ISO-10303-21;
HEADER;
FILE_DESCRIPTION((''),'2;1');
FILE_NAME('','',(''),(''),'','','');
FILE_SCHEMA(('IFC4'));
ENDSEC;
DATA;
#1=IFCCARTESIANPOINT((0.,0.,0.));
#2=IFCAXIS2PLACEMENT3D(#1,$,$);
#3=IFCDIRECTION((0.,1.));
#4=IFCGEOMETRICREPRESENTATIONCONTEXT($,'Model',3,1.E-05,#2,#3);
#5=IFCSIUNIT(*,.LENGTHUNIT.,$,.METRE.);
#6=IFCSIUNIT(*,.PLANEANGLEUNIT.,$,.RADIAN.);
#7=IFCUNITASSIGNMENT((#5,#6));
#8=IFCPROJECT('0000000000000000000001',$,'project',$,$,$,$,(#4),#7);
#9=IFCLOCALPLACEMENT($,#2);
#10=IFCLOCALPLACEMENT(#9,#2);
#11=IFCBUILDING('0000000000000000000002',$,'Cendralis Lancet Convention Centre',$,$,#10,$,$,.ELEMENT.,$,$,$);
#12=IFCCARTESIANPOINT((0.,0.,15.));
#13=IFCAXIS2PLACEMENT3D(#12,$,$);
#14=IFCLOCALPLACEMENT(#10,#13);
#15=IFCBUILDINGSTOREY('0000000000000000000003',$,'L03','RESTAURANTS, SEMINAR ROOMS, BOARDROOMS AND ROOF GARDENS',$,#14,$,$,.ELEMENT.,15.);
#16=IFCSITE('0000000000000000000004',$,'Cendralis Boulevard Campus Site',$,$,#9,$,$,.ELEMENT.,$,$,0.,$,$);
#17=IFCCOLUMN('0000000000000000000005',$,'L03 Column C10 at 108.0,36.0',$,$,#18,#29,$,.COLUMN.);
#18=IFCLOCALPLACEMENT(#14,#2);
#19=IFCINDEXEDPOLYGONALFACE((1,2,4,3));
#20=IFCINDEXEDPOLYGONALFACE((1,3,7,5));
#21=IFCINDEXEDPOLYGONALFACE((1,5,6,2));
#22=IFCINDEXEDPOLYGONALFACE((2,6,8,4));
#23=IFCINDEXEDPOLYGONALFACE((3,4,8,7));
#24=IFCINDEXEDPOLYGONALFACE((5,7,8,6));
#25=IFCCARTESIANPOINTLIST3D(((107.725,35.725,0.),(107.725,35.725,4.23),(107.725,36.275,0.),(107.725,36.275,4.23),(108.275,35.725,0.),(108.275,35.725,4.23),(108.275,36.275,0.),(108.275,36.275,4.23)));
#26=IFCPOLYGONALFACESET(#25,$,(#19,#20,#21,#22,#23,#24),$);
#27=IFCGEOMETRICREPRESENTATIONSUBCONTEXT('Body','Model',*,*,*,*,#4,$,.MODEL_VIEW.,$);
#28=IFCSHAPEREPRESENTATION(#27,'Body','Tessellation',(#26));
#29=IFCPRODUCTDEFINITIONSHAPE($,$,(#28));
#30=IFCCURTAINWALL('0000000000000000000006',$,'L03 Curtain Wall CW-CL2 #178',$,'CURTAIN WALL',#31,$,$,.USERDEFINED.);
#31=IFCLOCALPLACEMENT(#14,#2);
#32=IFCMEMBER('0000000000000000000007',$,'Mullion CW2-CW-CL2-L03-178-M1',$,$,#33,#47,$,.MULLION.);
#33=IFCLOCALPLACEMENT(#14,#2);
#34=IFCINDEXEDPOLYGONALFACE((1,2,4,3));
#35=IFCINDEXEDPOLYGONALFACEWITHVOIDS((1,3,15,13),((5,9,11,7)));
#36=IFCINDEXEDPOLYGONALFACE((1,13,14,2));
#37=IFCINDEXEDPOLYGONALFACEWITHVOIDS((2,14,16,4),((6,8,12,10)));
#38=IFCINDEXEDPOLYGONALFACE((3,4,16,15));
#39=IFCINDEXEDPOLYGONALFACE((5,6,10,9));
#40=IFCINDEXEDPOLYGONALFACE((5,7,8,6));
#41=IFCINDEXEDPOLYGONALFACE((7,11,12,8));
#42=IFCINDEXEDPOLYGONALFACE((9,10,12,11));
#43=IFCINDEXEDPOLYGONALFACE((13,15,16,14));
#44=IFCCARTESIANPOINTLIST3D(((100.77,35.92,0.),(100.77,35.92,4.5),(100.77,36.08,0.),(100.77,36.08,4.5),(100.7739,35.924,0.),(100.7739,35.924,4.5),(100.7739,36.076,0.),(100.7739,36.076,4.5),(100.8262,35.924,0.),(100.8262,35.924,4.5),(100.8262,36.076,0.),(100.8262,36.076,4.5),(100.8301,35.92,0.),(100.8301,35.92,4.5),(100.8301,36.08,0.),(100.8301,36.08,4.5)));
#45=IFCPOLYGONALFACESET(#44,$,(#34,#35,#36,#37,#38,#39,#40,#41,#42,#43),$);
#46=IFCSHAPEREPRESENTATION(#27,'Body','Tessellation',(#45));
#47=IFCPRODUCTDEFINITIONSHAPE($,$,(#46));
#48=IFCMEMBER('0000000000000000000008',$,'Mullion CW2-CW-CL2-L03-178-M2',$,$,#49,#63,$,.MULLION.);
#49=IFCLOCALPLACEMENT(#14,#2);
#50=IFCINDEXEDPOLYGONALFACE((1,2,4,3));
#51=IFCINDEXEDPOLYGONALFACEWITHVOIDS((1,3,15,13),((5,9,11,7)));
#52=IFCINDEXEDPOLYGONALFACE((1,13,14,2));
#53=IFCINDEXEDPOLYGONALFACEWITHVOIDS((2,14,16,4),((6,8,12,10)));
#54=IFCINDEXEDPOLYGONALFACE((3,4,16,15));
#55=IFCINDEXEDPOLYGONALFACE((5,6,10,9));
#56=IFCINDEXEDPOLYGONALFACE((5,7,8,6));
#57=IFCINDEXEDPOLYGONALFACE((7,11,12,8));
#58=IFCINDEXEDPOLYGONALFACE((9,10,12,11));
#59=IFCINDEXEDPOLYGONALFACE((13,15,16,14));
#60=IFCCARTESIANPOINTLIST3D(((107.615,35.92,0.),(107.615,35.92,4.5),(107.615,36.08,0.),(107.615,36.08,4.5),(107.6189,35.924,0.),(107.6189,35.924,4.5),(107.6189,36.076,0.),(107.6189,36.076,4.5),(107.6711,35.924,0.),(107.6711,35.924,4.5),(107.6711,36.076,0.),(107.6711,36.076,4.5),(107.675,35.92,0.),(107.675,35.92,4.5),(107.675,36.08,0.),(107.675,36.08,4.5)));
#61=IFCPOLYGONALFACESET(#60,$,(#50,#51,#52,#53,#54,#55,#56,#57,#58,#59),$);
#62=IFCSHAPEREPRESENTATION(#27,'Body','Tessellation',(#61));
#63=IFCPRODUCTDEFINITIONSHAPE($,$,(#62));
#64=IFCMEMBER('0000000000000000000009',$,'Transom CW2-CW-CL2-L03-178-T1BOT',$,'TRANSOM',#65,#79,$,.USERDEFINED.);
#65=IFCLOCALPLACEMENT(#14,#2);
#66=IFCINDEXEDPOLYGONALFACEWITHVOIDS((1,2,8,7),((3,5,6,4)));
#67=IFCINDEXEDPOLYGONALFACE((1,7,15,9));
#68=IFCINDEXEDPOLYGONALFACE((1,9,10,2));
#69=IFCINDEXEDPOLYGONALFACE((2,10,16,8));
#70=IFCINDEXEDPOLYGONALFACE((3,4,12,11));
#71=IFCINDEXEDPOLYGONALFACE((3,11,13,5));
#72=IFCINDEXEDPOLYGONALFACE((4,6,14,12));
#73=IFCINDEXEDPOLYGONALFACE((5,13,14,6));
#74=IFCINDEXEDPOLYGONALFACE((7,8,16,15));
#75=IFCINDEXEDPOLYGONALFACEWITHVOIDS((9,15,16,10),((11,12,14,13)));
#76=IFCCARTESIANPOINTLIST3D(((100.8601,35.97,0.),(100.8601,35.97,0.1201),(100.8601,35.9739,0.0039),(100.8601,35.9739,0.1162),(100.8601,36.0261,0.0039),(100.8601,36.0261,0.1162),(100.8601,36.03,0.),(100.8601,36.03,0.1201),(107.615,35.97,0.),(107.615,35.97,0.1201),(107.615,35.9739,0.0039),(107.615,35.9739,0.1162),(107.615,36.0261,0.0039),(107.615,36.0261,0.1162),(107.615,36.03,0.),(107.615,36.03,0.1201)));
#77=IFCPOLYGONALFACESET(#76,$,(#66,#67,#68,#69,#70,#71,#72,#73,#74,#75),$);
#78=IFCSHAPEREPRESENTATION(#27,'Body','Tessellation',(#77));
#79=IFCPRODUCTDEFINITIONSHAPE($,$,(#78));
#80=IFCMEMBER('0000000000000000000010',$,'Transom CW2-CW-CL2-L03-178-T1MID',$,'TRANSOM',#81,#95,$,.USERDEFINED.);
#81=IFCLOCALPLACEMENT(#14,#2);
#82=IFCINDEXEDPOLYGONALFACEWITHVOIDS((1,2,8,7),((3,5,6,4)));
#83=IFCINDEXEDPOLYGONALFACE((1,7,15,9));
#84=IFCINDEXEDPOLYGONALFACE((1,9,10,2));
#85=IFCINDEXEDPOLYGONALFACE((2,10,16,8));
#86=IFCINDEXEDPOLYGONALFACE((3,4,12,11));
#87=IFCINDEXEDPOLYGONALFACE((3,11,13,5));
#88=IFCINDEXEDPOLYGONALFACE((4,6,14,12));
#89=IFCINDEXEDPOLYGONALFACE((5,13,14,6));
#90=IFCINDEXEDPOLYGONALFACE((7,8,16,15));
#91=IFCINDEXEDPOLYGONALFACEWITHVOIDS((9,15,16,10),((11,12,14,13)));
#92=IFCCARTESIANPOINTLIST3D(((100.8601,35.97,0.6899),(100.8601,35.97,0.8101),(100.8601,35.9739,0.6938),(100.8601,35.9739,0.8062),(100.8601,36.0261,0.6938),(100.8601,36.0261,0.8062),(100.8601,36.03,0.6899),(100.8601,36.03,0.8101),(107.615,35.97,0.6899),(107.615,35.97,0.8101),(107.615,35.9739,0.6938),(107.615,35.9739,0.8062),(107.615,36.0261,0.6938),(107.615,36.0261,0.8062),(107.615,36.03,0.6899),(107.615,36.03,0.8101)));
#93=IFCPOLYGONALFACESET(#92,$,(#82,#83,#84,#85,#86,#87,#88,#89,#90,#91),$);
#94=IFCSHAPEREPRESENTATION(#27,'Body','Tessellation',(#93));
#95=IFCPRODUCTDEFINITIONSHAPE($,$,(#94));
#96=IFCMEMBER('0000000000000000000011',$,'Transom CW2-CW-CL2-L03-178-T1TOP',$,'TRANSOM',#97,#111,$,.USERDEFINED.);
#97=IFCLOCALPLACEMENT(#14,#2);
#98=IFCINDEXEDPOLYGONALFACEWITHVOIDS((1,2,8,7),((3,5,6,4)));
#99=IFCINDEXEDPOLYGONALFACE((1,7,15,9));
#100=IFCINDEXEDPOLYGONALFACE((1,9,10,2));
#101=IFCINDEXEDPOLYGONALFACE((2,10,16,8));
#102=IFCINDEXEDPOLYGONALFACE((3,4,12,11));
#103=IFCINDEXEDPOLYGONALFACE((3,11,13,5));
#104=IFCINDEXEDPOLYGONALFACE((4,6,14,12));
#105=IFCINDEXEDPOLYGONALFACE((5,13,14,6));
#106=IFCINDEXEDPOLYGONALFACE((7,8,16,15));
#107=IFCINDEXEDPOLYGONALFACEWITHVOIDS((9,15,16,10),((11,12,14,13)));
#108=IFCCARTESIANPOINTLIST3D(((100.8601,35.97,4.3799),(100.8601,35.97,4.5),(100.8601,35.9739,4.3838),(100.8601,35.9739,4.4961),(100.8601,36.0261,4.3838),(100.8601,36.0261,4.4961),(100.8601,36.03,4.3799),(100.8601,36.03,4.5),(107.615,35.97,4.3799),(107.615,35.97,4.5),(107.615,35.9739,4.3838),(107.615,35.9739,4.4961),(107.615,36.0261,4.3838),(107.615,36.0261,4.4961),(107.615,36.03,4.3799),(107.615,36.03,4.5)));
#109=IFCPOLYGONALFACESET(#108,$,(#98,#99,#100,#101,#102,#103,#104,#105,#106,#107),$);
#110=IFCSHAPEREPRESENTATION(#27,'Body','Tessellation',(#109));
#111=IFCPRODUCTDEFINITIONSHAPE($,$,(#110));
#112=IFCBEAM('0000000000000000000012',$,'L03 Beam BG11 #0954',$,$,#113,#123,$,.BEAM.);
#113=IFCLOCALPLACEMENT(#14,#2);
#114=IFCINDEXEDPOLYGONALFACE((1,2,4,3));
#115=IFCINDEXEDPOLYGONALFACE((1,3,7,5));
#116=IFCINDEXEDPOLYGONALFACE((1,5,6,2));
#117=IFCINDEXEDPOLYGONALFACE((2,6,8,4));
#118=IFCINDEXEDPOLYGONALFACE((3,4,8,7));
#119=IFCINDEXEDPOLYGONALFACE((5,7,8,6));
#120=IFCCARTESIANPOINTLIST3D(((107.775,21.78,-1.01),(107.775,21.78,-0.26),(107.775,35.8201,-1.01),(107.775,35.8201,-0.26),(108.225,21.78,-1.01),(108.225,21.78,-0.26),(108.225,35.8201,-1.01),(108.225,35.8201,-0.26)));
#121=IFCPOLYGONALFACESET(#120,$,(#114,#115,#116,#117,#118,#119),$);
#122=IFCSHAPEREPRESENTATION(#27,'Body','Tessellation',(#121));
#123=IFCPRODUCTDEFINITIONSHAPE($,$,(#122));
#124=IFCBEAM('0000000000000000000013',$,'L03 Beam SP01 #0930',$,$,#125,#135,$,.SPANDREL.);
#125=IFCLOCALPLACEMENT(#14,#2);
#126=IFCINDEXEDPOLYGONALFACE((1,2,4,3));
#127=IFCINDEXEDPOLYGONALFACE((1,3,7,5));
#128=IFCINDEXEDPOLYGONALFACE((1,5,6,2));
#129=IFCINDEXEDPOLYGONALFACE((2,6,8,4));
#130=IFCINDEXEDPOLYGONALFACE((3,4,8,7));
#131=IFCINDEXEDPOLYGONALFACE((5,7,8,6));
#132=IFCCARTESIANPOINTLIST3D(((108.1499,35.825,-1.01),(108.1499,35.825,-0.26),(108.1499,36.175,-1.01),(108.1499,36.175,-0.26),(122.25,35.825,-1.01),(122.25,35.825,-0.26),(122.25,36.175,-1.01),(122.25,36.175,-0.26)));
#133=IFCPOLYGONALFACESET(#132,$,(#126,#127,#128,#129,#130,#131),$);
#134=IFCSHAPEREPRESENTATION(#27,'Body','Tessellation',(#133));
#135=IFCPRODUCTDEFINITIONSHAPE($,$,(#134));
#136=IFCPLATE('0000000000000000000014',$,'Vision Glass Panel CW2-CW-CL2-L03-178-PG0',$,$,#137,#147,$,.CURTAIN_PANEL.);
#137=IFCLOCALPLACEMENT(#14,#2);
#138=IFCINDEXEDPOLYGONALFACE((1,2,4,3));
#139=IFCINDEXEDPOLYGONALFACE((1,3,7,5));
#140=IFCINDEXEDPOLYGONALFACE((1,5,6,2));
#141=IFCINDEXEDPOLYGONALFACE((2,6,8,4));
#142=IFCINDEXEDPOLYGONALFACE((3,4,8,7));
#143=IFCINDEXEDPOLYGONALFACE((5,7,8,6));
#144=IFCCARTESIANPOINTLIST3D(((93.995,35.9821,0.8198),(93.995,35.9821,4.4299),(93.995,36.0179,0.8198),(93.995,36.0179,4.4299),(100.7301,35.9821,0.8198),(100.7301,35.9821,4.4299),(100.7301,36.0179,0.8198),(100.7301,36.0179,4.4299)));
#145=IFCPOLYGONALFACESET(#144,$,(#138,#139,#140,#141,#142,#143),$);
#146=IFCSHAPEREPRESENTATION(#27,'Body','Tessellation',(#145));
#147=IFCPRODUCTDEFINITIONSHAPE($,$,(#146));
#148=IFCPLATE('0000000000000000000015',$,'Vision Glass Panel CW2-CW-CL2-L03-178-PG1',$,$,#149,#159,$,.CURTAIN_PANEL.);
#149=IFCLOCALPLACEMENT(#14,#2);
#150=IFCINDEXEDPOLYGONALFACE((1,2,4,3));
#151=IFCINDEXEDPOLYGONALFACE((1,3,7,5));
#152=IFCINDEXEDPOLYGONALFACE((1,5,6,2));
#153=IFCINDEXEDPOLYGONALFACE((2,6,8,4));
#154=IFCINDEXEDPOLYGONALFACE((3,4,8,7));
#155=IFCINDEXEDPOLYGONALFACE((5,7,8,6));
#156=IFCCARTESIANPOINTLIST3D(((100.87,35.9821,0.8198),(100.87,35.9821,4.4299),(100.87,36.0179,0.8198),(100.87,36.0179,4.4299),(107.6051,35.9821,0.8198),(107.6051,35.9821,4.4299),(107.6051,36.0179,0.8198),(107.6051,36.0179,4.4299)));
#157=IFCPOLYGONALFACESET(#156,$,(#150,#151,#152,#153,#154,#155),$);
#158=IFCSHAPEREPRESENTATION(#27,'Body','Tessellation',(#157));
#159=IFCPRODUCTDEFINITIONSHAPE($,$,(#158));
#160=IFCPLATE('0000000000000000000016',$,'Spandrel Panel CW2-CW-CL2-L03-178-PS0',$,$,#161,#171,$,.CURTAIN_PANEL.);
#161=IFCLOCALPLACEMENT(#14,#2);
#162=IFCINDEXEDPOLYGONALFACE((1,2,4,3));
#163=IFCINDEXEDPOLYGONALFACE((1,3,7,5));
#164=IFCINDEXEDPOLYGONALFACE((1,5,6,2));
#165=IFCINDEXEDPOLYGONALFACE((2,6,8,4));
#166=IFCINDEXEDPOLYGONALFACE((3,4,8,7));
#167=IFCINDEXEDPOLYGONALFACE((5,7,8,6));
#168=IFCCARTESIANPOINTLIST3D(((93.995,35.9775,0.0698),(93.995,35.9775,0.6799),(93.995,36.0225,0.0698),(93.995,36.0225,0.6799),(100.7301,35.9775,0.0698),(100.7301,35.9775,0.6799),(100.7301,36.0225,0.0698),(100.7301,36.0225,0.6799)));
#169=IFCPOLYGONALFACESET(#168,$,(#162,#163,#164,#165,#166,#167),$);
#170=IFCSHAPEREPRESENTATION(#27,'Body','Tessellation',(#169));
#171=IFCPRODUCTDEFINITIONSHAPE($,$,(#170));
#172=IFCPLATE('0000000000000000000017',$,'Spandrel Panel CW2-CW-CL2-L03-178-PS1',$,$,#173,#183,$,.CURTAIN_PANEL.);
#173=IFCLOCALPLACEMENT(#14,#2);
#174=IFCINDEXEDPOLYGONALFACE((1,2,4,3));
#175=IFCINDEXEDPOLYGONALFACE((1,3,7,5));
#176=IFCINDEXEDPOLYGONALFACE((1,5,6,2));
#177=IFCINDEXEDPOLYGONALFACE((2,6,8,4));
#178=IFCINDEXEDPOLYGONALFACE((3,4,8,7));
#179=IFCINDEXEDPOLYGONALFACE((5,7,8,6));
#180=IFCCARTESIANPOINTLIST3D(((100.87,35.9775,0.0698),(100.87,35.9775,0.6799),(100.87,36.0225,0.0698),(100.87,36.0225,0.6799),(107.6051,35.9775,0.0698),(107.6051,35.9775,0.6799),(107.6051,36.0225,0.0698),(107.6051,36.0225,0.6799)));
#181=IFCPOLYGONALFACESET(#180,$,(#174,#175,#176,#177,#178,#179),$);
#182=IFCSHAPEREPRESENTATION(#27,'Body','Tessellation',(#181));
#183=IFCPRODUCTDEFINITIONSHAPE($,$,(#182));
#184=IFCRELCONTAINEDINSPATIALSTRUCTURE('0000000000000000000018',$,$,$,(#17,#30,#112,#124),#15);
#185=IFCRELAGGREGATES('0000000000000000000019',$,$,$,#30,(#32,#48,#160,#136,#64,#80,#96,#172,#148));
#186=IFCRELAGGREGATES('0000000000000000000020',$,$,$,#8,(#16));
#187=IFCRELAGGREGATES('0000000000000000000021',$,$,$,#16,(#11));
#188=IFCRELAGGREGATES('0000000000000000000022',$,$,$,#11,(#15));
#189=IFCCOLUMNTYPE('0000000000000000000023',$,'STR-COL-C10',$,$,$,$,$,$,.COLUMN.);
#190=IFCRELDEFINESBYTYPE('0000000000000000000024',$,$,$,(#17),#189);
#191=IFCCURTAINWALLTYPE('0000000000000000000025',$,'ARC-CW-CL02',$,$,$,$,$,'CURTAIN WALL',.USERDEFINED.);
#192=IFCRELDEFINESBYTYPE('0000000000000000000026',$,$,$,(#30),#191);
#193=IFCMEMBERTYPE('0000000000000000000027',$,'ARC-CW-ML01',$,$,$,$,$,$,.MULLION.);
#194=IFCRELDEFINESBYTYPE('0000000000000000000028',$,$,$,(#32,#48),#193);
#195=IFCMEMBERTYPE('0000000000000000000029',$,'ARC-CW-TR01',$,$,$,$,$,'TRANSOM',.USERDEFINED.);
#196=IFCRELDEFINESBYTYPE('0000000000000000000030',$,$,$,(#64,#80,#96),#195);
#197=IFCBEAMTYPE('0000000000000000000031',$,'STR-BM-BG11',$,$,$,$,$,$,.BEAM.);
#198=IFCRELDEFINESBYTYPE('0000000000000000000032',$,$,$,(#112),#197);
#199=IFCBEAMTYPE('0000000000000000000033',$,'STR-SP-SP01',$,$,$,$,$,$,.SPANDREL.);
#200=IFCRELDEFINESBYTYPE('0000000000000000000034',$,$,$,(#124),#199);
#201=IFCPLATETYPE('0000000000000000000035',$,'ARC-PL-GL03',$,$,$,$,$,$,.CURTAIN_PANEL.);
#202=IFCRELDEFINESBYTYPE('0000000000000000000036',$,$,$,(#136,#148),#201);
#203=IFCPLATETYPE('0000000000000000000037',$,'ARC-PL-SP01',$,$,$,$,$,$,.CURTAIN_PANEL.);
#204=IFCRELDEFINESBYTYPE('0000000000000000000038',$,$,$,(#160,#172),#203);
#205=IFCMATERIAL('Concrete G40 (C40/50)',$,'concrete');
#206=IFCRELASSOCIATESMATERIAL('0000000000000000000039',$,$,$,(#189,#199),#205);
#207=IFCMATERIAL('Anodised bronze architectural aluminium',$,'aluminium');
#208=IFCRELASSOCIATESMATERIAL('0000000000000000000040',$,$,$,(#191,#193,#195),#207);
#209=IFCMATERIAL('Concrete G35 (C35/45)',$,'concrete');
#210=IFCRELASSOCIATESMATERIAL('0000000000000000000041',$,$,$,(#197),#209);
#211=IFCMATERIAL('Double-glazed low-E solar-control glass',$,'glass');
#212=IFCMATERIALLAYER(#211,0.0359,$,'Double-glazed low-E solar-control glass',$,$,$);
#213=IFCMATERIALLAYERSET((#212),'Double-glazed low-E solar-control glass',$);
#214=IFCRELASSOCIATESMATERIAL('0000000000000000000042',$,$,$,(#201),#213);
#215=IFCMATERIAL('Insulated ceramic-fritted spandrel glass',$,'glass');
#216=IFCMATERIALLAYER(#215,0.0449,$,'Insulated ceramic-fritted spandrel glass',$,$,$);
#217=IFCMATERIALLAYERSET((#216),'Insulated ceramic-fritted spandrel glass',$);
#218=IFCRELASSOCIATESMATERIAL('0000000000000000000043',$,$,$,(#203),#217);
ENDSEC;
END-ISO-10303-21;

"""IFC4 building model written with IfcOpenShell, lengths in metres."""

from ifc_helpers import new_model, si_unit, direction, frame, origin, origin_2d, place, context, subcontext, project, spatial, rectangle, hollow_rectangle, extrude, material, layer, layer_set, material_profile, profile_set, type_object, element, aggregate, save


model = new_model("IFC4")

# Units and contexts
model_context = context("Model", 3, precision=1e-05, world=origin(), true_north=direction((0.0, 1.0)))
body_context = subcontext(model_context, "Body", "Model", "MODEL_VIEW")
ifc_project = project(units=[si_unit("LENGTHUNIT", "METRE"), si_unit("PLANEANGLEUNIT", "RADIAN")], contexts=[model_context])

# Site, building, storey
site_placement = place(None, origin())
site = spatial("IfcSite", under=ifc_project, at=site_placement, Name="Cendralis Boulevard Campus Site", CompositionType="ELEMENT", RefElevation=0.0)
building_placement = place(site_placement, origin())
building = spatial("IfcBuilding", under=site, at=building_placement, Name="Cendralis Lancet Convention Centre", CompositionType="ELEMENT")
storey_placement = place(building_placement, frame((0.0, 0.0, 15.0)))
storey = spatial("IfcBuildingStorey", under=building, at=storey_placement, Name="L03", Description="RESTAURANTS, SEMINAR ROOMS, BOARDROOMS AND ROOF GARDENS", CompositionType="ELEMENT", Elevation=15.0)

# Column
ifc_material_1 = material(Name="Concrete G40 (C40/50)", Category="concrete")
ifc_material_profile_1 = material_profile(ifc_material_1, rectangle(XDim=0.55, YDim=0.55, at=origin_2d()), Name="RC 550x550")
ifc_profile_set_1 = profile_set([ifc_material_profile_1], Name="Concrete G40 (C40/50)")
column_type = type_object("IfcColumnType", Name="STR-COL-C10", PredefinedType="COLUMN", material=ifc_profile_set_1)
column_placement = place(storey_placement, frame((108.0, 36.0, 0.0), z_axis=(0.0, 0.0, 1.0), x_axis=(1.0, 0.0, 0.0)))
element("IfcColumn", 1, at=column_placement, inside=storey, type_object=column_type, Name="L03 Column C10 at 108.0,36.0", PredefinedType="COLUMN", context=body_context, shape_type="SweptSolid", body=[
    extrude(rectangle(XDim=0.55, YDim=0.55, at=origin_2d()), origin(), (0.0, 0.0, 1.0), 4.23),
])

# Curtain wall, members
ifc_material_2 = material(Name="Anodised bronze architectural aluminium", Category="aluminium")
curtain_wall_type = type_object("IfcCurtainWallType", Name="ARC-CW-CL02", ElementType="CURTAIN WALL", PredefinedType="USERDEFINED", material=ifc_material_2)
curtain_wall_placement = place(storey_placement, origin())
curtain_wall = element("IfcCurtainWall", 2, at=curtain_wall_placement, inside=storey, type_object=curtain_wall_type, Name="L03 Curtain Wall CW-CL2 #178", ObjectType="CURTAIN WALL", PredefinedType="USERDEFINED")
ifc_material_profile_2 = material_profile(ifc_material_2, hollow_rectangle(XDim=0.0601, YDim=0.1599, WallThickness=0.0039, at=origin_2d()), Name="AL-MULL 60x160x4.0")
ifc_profile_set_2 = profile_set([ifc_material_profile_2], Name="Anodised bronze architectural aluminium")
member_type_1 = type_object("IfcMemberType", Name="ARC-CW-ML01", PredefinedType="MULLION", material=ifc_profile_set_2)
member_1_placement = place(storey_placement, frame((100.8, 36.0, 0.0), z_axis=(0.0, 0.0, 1.0), x_axis=(1.0, 0.0, 0.0)))
member_1 = element("IfcMember", 3, at=member_1_placement, type_object=member_type_1, Name="Mullion CW2-CW-CL2-L03-178-M1", PredefinedType="MULLION", context=body_context, shape_type="SweptSolid", body=[
    extrude(hollow_rectangle(XDim=0.0601, YDim=0.1599, WallThickness=0.0039, at=origin_2d()), origin(), (0.0, 0.0, 1.0), 4.5),
])
member_2_placement = place(storey_placement, frame((107.645, 36.0, 0.0), z_axis=(0.0, 0.0, 1.0), x_axis=(1.0, 0.0, 0.0)))
member_2 = element("IfcMember", 4, at=member_2_placement, type_object=member_type_1, Name="Mullion CW2-CW-CL2-L03-178-M2", PredefinedType="MULLION", context=body_context, shape_type="SweptSolid", body=[
    extrude(hollow_rectangle(XDim=0.0601, YDim=0.1599, WallThickness=0.0039, at=origin_2d()), origin(), (0.0, 0.0, 1.0), 4.5),
])
ifc_material_profile_3 = material_profile(ifc_material_2, hollow_rectangle(XDim=0.0601, YDim=0.1201, WallThickness=0.0039, at=origin_2d()), Name="AL-TRAN 60x120x4.0")
ifc_profile_set_3 = profile_set([ifc_material_profile_3], Name="Anodised bronze architectural aluminium")
member_type_2 = type_object("IfcMemberType", Name="ARC-CW-TR01", ElementType="TRANSOM", PredefinedType="USERDEFINED", material=ifc_profile_set_3)
member_3_placement = place(storey_placement, frame((100.8601, 36.0, 0.0601), z_axis=(1.0, 0.0, 0.0), x_axis=(0.0, 1.0, 0.0)))
member_3 = element("IfcMember", 5, at=member_3_placement, type_object=member_type_2, Name="Transom CW2-CW-CL2-L03-178-T1BOT", ObjectType="TRANSOM", PredefinedType="USERDEFINED", context=body_context, shape_type="SweptSolid", body=[
    extrude(hollow_rectangle(XDim=0.0601, YDim=0.1201, WallThickness=0.0039, at=origin_2d()), origin(), (0.0, 0.0, 1.0), 6.7549),
])
member_4_placement = place(storey_placement, frame((100.8601, 36.0, 0.75), z_axis=(1.0, 0.0, 0.0), x_axis=(0.0, 1.0, 0.0)))
member_4 = element("IfcMember", 6, at=member_4_placement, type_object=member_type_2, Name="Transom CW2-CW-CL2-L03-178-T1MID", ObjectType="TRANSOM", PredefinedType="USERDEFINED", context=body_context, shape_type="SweptSolid", body=[
    extrude(hollow_rectangle(XDim=0.0601, YDim=0.1201, WallThickness=0.0039, at=origin_2d()), origin(), (0.0, 0.0, 1.0), 6.7549),
])
member_5_placement = place(storey_placement, frame((100.8601, 36.0, 4.4399), z_axis=(1.0, 0.0, 0.0), x_axis=(0.0, 1.0, 0.0)))
member_5 = element("IfcMember", 7, at=member_5_placement, type_object=member_type_2, Name="Transom CW2-CW-CL2-L03-178-T1TOP", ObjectType="TRANSOM", PredefinedType="USERDEFINED", context=body_context, shape_type="SweptSolid", body=[
    extrude(hollow_rectangle(XDim=0.0601, YDim=0.1201, WallThickness=0.0039, at=origin_2d()), origin(), (0.0, 0.0, 1.0), 6.7549),
])

# Beams
ifc_material_3 = material(Name="Concrete G35 (C35/45)", Category="concrete")
ifc_material_profile_4 = material_profile(ifc_material_3, rectangle(XDim=0.45, YDim=0.75, at=origin_2d()), Name="RCB 450x750")
ifc_profile_set_4 = profile_set([ifc_material_profile_4], Name="Concrete G35 (C35/45)")
beam_type_1 = type_object("IfcBeamType", Name="STR-BM-BG11", PredefinedType="BEAM", material=ifc_profile_set_4)
beam_1_placement = place(storey_placement, frame((108.0, 21.78, -0.635), z_axis=(0.0, 1.0, 0.0), x_axis=(-1.0, 0.0, 0.0)))
element("IfcBeam", 8, at=beam_1_placement, inside=storey, type_object=beam_type_1, Name="L03 Beam BG11 #0954", PredefinedType="BEAM", context=body_context, shape_type="SweptSolid", body=[
    extrude(rectangle(XDim=0.45, YDim=0.75, at=origin_2d()), origin(), (0.0, 0.0, 1.0), 14.04),
])
ifc_material_profile_5 = material_profile(ifc_material_1, rectangle(XDim=0.3501, YDim=0.75, at=origin_2d()), Name="RCB 350x750")
ifc_profile_set_5 = profile_set([ifc_material_profile_5], Name="Concrete G40 (C40/50)")
beam_type_2 = type_object("IfcBeamType", Name="STR-SP-SP01", PredefinedType="SPANDREL", material=ifc_profile_set_5)
beam_2_placement = place(storey_placement, frame((108.1499, 36.0, -0.635), z_axis=(1.0, 0.0, 0.0), x_axis=(0.0, 1.0, 0.0)))
element("IfcBeam", 9, at=beam_2_placement, inside=storey, type_object=beam_type_2, Name="L03 Beam SP01 #0930", PredefinedType="SPANDREL", context=body_context, shape_type="SweptSolid", body=[
    extrude(rectangle(XDim=0.3501, YDim=0.75, at=origin_2d()), origin(), (0.0, 0.0, 1.0), 14.1001),
])

# Plates
ifc_material_4 = material(Name="Double-glazed low-E solar-control glass", Category="glass")
ifc_layer_1 = layer(ifc_material_4, 0.0359, Name="Double-glazed low-E solar-control glass")
ifc_layer_set_1 = layer_set([ifc_layer_1], Name="Double-glazed low-E solar-control glass")
plate_type_1 = type_object("IfcPlateType", Name="ARC-PL-GL03", PredefinedType="CURTAIN_PANEL", material=ifc_layer_set_1)
plate_1_placement = place(storey_placement, frame((97.3625, 36.0, 0.8198), z_axis=(0.0, 0.0, 1.0), x_axis=(1.0, 0.0, 0.0)))
plate_1 = element("IfcPlate", 10, at=plate_1_placement, type_object=plate_type_1, Name="Vision Glass Panel CW2-CW-CL2-L03-178-PG0", PredefinedType="CURTAIN_PANEL", context=body_context, shape_type="SweptSolid", body=[
    extrude(rectangle(XDim=6.7351, YDim=0.0359, at=origin_2d()), origin(), (0.0, 0.0, 1.0), 3.6101),
])
plate_2_placement = place(storey_placement, frame((104.2375, 36.0, 0.8198), z_axis=(0.0, 0.0, 1.0), x_axis=(1.0, 0.0, 0.0)))
plate_2 = element("IfcPlate", 11, at=plate_2_placement, type_object=plate_type_1, Name="Vision Glass Panel CW2-CW-CL2-L03-178-PG1", PredefinedType="CURTAIN_PANEL", context=body_context, shape_type="SweptSolid", body=[
    extrude(rectangle(XDim=6.7351, YDim=0.0359, at=origin_2d()), origin(), (0.0, 0.0, 1.0), 3.6101),
])
ifc_material_5 = material(Name="Insulated ceramic-fritted spandrel glass", Category="glass")
ifc_layer_2 = layer(ifc_material_5, 0.0449, Name="Insulated ceramic-fritted spandrel glass")
ifc_layer_set_2 = layer_set([ifc_layer_2], Name="Insulated ceramic-fritted spandrel glass")
plate_type_2 = type_object("IfcPlateType", Name="ARC-PL-SP01", PredefinedType="CURTAIN_PANEL", material=ifc_layer_set_2)
plate_3_placement = place(storey_placement, frame((97.3625, 36.0, 0.0698), z_axis=(0.0, 0.0, 1.0), x_axis=(1.0, 0.0, 0.0)))
plate_3 = element("IfcPlate", 12, at=plate_3_placement, type_object=plate_type_2, Name="Spandrel Panel CW2-CW-CL2-L03-178-PS0", PredefinedType="CURTAIN_PANEL", context=body_context, shape_type="SweptSolid", body=[
    extrude(rectangle(XDim=6.7351, YDim=0.0449, at=origin_2d()), origin(), (0.0, 0.0, 1.0), 0.6101),
])
plate_4_placement = place(storey_placement, frame((104.2375, 36.0, 0.0698), z_axis=(0.0, 0.0, 1.0), x_axis=(1.0, 0.0, 0.0)))
plate_4 = element("IfcPlate", 13, at=plate_4_placement, type_object=plate_type_2, Name="Spandrel Panel CW2-CW-CL2-L03-178-PS1", PredefinedType="CURTAIN_PANEL", context=body_context, shape_type="SweptSolid", body=[
    extrude(rectangle(XDim=6.7351, YDim=0.0449, at=origin_2d()), origin(), (0.0, 0.0, 1.0), 0.6101),
])
aggregate(curtain_wall, [member_1, member_2, plate_3, plate_1, member_3, member_4, member_5, plate_4, plate_2])

save(model, "model.ifc")
